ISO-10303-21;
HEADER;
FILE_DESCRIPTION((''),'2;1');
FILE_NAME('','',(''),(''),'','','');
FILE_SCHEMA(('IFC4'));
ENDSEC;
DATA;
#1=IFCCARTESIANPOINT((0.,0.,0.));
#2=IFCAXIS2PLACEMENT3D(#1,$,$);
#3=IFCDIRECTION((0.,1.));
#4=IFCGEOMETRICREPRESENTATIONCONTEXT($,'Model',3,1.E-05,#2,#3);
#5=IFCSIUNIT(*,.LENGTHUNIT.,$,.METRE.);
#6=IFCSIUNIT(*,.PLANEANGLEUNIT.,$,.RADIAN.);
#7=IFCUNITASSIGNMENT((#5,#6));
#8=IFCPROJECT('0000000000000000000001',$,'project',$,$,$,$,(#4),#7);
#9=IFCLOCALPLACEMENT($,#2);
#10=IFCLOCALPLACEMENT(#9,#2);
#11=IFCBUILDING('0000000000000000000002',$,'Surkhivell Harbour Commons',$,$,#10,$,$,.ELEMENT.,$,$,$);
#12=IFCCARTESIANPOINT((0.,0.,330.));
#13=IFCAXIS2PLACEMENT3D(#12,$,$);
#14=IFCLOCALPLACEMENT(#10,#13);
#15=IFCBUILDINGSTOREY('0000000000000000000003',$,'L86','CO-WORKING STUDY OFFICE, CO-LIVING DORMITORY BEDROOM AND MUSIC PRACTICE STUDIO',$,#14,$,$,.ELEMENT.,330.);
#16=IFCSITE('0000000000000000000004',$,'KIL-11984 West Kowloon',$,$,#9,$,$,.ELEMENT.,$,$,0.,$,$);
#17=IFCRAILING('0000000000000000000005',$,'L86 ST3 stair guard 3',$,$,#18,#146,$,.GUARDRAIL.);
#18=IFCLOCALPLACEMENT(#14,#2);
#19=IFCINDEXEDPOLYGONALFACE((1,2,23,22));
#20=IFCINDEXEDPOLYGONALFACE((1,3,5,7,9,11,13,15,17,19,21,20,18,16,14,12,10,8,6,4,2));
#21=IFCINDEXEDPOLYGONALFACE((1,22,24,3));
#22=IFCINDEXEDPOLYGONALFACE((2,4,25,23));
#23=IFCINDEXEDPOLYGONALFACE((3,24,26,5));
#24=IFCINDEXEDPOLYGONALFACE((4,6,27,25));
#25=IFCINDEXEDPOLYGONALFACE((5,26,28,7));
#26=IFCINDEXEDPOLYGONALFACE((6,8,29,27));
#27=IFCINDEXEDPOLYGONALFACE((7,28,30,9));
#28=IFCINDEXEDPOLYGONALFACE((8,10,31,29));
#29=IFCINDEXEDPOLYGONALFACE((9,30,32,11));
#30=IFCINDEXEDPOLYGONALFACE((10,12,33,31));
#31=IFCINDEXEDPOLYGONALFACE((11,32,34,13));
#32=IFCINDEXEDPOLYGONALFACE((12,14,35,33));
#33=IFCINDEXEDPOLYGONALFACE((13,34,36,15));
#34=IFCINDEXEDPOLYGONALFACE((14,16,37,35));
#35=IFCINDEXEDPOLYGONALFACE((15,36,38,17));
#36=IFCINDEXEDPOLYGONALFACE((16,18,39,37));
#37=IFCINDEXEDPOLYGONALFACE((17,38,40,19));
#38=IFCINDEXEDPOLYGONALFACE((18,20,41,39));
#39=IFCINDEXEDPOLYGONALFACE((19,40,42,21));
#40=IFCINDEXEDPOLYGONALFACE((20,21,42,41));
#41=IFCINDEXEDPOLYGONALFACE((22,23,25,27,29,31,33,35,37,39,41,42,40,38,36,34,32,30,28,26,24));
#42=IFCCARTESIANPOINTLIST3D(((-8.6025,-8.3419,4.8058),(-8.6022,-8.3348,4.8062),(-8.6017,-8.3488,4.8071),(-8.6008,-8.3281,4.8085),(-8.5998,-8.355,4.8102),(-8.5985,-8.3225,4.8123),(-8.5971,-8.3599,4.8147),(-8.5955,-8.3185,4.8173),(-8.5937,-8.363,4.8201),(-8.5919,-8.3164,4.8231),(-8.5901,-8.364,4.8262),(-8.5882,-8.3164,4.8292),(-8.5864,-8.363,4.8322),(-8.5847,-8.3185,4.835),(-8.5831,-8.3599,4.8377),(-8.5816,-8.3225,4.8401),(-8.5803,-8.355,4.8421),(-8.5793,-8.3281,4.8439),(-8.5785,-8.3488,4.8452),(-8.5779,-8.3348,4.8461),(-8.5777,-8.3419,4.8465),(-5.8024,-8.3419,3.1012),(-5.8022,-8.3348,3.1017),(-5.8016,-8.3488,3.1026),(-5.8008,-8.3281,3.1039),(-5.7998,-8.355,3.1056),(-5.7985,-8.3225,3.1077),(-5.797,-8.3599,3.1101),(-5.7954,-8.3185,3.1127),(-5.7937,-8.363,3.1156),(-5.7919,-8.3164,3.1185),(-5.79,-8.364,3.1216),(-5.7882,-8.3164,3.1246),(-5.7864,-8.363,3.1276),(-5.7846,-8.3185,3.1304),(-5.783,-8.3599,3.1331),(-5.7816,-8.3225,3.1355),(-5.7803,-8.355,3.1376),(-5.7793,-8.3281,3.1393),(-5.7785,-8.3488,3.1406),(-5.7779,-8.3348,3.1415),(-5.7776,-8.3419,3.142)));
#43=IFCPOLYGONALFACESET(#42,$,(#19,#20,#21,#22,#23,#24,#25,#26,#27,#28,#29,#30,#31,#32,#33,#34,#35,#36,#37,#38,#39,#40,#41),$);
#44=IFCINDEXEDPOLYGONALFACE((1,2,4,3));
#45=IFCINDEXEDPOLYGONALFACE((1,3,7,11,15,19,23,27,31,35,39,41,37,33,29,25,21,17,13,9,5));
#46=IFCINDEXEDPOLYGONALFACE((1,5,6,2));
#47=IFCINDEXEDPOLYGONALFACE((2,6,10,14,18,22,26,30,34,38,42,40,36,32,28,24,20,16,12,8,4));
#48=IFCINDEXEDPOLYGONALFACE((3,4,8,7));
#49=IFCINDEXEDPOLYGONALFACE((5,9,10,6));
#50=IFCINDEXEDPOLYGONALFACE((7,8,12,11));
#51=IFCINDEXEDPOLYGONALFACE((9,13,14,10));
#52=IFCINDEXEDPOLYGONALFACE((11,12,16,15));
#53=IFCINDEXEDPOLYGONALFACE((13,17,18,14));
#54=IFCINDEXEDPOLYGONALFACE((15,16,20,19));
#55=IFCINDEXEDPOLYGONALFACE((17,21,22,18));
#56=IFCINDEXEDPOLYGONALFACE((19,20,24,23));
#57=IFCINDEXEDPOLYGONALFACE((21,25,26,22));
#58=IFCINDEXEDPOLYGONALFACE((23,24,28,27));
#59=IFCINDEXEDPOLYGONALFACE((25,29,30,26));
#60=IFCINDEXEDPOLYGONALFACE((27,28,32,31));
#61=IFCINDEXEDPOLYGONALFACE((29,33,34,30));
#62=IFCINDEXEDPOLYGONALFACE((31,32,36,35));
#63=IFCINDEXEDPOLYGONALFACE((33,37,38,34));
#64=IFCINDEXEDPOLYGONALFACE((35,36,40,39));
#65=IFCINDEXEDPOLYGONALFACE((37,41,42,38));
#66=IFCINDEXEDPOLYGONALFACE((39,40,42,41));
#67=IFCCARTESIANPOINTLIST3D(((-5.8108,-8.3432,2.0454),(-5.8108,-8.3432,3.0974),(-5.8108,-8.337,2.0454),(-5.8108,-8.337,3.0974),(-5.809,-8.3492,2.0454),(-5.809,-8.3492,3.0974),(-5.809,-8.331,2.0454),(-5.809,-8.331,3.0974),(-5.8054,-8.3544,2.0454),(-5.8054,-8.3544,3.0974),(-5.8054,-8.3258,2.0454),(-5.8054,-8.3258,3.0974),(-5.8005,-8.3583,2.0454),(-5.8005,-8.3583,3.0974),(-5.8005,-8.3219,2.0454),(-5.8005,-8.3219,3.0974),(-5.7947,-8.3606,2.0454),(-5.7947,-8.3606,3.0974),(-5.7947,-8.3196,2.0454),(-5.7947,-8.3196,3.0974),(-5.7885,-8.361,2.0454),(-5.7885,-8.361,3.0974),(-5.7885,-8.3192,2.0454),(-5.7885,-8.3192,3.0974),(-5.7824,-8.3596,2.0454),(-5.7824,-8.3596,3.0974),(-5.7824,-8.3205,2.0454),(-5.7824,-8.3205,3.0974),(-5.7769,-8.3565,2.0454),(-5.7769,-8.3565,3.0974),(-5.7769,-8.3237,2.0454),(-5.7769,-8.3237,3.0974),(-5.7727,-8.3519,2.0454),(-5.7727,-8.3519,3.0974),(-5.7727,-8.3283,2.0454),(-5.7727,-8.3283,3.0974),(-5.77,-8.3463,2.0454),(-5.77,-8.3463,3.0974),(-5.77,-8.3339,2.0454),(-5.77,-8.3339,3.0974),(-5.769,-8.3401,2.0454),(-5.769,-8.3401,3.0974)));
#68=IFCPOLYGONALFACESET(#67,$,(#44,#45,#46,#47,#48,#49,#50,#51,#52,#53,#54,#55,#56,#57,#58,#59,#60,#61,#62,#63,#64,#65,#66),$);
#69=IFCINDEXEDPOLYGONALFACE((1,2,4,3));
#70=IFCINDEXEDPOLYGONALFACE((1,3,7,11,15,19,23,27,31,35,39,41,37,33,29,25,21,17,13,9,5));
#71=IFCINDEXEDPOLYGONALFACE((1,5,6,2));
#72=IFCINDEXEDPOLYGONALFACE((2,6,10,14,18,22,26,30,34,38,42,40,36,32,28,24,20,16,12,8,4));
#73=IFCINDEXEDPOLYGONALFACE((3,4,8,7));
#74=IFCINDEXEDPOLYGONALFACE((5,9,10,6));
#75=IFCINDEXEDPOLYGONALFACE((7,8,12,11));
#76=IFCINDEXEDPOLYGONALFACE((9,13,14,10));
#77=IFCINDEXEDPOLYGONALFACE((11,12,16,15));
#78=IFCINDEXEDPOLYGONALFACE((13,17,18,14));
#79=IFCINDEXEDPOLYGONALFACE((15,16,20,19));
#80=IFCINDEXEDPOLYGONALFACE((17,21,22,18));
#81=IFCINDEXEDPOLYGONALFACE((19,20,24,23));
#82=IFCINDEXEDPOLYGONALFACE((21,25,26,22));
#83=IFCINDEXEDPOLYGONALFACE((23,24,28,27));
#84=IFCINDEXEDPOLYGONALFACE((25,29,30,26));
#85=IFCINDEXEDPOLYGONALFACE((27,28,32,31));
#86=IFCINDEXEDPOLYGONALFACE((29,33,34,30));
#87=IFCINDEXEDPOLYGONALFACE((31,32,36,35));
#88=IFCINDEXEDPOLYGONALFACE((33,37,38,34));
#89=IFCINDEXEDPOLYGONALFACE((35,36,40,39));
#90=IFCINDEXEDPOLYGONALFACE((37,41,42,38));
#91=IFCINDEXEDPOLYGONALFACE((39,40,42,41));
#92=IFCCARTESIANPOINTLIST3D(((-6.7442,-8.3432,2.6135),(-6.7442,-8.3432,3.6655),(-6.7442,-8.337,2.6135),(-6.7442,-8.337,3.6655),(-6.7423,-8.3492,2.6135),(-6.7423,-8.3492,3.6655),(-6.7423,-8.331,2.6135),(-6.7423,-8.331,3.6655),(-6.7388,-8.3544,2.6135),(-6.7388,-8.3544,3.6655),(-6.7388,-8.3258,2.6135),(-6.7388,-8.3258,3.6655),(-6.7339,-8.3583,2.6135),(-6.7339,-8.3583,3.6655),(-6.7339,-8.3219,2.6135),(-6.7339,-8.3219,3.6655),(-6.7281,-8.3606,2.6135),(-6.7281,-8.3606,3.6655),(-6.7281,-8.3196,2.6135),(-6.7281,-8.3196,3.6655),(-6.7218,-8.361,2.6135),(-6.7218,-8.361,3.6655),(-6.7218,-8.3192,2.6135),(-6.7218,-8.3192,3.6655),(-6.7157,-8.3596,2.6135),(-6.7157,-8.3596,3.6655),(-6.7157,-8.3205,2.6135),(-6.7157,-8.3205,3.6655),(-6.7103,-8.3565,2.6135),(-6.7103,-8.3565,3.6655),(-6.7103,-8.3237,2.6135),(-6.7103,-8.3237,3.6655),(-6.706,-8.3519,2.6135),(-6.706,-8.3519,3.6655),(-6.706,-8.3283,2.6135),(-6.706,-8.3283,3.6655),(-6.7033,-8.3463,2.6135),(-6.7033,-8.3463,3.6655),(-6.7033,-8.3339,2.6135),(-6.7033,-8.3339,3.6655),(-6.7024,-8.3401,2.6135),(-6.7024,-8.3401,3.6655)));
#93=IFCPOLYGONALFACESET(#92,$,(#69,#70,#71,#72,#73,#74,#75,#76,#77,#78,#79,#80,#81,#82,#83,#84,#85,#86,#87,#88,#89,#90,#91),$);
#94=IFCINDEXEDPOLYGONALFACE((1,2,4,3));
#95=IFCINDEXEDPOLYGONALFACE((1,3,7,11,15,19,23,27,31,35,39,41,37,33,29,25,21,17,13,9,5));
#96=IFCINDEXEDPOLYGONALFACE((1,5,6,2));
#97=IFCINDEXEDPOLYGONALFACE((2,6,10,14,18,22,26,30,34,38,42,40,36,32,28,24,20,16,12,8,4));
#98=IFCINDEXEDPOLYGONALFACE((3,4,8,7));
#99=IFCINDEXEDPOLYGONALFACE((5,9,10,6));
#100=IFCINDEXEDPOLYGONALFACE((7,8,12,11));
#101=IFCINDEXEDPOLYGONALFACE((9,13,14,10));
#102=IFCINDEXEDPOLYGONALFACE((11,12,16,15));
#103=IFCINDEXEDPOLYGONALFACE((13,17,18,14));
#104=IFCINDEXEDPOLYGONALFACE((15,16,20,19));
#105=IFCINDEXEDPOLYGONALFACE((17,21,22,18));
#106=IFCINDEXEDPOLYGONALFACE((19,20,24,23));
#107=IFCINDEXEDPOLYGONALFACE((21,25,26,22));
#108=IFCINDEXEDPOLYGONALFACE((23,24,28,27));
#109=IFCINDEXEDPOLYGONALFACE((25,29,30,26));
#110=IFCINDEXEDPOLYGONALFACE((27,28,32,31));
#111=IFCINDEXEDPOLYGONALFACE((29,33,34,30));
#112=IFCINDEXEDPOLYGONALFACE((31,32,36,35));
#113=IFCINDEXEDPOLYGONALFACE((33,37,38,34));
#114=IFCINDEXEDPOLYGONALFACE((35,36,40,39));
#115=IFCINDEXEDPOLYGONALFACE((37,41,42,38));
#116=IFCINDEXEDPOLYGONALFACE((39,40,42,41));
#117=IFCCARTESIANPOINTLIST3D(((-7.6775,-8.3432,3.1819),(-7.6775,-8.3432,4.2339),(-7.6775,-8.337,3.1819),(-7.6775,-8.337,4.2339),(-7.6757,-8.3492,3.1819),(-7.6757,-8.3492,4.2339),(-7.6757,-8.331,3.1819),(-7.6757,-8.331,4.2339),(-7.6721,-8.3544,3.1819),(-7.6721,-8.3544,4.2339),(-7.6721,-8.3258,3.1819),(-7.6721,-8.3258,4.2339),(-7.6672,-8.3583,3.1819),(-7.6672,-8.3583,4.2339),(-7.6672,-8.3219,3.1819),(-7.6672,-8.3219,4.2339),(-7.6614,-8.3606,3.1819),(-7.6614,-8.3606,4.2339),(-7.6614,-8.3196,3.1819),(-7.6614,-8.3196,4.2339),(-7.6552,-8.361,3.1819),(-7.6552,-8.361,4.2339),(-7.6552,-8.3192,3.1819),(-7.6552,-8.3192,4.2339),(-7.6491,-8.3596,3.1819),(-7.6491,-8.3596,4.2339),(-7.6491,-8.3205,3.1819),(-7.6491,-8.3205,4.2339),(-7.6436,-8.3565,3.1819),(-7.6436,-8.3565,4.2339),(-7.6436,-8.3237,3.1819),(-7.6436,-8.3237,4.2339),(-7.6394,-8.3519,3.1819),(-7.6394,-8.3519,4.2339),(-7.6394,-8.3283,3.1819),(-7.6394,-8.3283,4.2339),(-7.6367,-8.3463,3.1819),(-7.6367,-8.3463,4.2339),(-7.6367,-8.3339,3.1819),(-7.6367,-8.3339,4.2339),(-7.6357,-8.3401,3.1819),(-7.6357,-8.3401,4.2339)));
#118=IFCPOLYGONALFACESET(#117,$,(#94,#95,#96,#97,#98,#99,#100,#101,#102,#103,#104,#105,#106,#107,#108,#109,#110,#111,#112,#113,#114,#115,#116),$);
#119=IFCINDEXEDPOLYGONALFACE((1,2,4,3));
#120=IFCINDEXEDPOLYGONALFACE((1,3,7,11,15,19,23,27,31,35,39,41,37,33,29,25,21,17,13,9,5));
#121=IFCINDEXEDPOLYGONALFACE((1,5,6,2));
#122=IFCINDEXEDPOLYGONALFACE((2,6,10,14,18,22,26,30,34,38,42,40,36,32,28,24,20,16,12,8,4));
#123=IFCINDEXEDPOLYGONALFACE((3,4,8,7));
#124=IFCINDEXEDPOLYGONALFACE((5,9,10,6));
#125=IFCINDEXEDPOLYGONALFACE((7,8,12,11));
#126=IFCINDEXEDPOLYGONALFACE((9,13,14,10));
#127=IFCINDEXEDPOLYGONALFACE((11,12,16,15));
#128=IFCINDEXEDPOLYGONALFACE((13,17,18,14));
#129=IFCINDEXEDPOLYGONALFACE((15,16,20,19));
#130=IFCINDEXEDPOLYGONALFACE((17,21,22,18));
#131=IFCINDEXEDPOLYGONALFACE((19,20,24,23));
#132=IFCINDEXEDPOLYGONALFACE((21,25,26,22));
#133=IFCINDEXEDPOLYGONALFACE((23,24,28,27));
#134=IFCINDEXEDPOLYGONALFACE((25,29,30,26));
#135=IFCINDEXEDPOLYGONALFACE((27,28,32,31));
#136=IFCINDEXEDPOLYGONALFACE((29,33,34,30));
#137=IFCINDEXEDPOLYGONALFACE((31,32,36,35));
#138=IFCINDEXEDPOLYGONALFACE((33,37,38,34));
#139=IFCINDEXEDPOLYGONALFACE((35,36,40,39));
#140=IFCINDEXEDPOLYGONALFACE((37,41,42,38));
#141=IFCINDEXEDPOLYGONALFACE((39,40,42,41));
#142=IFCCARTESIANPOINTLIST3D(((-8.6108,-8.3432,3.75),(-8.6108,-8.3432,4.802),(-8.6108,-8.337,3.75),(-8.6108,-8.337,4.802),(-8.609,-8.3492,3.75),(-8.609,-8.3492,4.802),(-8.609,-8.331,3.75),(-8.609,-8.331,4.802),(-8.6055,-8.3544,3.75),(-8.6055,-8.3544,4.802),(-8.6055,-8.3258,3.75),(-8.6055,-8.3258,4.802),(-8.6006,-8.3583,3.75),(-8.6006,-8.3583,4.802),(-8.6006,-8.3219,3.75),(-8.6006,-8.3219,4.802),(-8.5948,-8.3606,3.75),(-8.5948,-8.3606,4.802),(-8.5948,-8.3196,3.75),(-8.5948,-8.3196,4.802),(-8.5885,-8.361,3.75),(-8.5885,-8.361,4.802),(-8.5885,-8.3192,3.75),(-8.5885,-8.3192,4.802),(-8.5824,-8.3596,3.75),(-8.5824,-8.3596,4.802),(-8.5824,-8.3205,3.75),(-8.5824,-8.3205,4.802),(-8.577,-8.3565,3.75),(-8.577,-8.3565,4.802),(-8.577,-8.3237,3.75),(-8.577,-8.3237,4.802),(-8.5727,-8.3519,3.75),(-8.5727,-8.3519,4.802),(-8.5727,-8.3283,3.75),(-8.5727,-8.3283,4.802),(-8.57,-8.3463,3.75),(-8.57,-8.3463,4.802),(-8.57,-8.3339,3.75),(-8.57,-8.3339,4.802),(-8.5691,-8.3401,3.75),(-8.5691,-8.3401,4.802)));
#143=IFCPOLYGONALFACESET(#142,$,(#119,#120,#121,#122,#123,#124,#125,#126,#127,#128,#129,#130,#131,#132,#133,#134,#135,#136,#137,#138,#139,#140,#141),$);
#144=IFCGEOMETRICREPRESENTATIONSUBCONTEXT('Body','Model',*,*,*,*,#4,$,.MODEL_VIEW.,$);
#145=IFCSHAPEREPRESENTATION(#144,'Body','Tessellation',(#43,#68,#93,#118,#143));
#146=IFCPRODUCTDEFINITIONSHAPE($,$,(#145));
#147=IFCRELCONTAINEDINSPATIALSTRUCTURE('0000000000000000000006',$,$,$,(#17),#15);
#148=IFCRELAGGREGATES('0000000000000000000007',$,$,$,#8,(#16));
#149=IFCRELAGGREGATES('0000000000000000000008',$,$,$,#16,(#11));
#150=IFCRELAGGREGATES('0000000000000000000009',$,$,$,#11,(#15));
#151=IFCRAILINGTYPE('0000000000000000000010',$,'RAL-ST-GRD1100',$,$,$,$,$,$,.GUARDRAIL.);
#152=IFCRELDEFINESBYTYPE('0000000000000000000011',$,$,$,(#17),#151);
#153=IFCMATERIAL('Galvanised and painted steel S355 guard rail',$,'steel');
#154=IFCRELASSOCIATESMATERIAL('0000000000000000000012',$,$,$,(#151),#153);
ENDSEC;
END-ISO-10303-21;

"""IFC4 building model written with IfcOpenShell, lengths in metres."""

from ifc_helpers import new_model, si_unit, direction, frame, origin, origin_2d, place, context, subcontext, project, spatial, circle, extrude, material, type_object, element, save


model = new_model("IFC4")

# Units and contexts
model_context = context("Model", 3, precision=1e-05, world=origin(), true_north=direction((0.0, 1.0)))
body_context = subcontext(model_context, "Body", "Model", "MODEL_VIEW")
ifc_project = project(units=[si_unit("LENGTHUNIT", "METRE"), si_unit("PLANEANGLEUNIT", "RADIAN")], contexts=[model_context])

# Site, building, storey
site_placement = place(None, origin())
site = spatial("IfcSite", under=ifc_project, at=site_placement, Name="KIL-11984 West Kowloon", CompositionType="ELEMENT", RefElevation=0.0)
building_placement = place(site_placement, origin())
building = spatial("IfcBuilding", under=site, at=building_placement, Name="Surkhivell Harbour Commons", CompositionType="ELEMENT")
storey_placement = place(building_placement, frame((0.0, 0.0, 330.0)))
storey = spatial("IfcBuildingStorey", under=building, at=storey_placement, Name="L86", Description="CO-WORKING STUDY OFFICE, CO-LIVING DORMITORY BEDROOM AND MUSIC PRACTICE STUDIO", CompositionType="ELEMENT", Elevation=330.0)

# Railing
ifc_material_1 = material(Name="Galvanised and painted steel S355 guard rail", Category="steel")
railing_type_1 = type_object("IfcRailingType", Name="RAL-ST-GRD1100", PredefinedType="GUARDRAIL", material=ifc_material_1)
railing_1_placement = place(storey_placement, frame((-5.79, -8.3401, 2.0454)))
element("IfcRailing", 1, at=railing_1_placement, inside=storey, type_object=railing_type_1, Name="L86 ST3 stair guard 3", PredefinedType="GUARDRAIL", context=body_context, shape_type="SweptSolid", body=[
    extrude(circle(Radius=0.0239, at=origin_2d()), frame((0.0, 0.0, 1.0762), z_axis=(-0.85417, 0.0, 0.519994), x_axis=(0.0, -1.0, 0.0)), (0.0, 0.0, 1.0), 3.2781),
    extrude(circle(Radius=0.021, at=origin_2d()), origin(), (0.0, 0.0, 1.0), 1.052),
    extrude(circle(Radius=0.021, at=origin_2d()), frame((-0.9333, 0.0, 0.5681)), (0.0, 0.0, 1.0), 1.052),
    extrude(circle(Radius=0.021, at=origin_2d()), frame((-1.8667, 0.0, 1.1365)), (0.0, 0.0, 1.0), 1.052),
    extrude(circle(Radius=0.021, at=origin_2d()), frame((-2.8, 0.0, 1.7046)), (0.0, 0.0, 1.0), 1.052),
])

save(model, "model.ifc")
